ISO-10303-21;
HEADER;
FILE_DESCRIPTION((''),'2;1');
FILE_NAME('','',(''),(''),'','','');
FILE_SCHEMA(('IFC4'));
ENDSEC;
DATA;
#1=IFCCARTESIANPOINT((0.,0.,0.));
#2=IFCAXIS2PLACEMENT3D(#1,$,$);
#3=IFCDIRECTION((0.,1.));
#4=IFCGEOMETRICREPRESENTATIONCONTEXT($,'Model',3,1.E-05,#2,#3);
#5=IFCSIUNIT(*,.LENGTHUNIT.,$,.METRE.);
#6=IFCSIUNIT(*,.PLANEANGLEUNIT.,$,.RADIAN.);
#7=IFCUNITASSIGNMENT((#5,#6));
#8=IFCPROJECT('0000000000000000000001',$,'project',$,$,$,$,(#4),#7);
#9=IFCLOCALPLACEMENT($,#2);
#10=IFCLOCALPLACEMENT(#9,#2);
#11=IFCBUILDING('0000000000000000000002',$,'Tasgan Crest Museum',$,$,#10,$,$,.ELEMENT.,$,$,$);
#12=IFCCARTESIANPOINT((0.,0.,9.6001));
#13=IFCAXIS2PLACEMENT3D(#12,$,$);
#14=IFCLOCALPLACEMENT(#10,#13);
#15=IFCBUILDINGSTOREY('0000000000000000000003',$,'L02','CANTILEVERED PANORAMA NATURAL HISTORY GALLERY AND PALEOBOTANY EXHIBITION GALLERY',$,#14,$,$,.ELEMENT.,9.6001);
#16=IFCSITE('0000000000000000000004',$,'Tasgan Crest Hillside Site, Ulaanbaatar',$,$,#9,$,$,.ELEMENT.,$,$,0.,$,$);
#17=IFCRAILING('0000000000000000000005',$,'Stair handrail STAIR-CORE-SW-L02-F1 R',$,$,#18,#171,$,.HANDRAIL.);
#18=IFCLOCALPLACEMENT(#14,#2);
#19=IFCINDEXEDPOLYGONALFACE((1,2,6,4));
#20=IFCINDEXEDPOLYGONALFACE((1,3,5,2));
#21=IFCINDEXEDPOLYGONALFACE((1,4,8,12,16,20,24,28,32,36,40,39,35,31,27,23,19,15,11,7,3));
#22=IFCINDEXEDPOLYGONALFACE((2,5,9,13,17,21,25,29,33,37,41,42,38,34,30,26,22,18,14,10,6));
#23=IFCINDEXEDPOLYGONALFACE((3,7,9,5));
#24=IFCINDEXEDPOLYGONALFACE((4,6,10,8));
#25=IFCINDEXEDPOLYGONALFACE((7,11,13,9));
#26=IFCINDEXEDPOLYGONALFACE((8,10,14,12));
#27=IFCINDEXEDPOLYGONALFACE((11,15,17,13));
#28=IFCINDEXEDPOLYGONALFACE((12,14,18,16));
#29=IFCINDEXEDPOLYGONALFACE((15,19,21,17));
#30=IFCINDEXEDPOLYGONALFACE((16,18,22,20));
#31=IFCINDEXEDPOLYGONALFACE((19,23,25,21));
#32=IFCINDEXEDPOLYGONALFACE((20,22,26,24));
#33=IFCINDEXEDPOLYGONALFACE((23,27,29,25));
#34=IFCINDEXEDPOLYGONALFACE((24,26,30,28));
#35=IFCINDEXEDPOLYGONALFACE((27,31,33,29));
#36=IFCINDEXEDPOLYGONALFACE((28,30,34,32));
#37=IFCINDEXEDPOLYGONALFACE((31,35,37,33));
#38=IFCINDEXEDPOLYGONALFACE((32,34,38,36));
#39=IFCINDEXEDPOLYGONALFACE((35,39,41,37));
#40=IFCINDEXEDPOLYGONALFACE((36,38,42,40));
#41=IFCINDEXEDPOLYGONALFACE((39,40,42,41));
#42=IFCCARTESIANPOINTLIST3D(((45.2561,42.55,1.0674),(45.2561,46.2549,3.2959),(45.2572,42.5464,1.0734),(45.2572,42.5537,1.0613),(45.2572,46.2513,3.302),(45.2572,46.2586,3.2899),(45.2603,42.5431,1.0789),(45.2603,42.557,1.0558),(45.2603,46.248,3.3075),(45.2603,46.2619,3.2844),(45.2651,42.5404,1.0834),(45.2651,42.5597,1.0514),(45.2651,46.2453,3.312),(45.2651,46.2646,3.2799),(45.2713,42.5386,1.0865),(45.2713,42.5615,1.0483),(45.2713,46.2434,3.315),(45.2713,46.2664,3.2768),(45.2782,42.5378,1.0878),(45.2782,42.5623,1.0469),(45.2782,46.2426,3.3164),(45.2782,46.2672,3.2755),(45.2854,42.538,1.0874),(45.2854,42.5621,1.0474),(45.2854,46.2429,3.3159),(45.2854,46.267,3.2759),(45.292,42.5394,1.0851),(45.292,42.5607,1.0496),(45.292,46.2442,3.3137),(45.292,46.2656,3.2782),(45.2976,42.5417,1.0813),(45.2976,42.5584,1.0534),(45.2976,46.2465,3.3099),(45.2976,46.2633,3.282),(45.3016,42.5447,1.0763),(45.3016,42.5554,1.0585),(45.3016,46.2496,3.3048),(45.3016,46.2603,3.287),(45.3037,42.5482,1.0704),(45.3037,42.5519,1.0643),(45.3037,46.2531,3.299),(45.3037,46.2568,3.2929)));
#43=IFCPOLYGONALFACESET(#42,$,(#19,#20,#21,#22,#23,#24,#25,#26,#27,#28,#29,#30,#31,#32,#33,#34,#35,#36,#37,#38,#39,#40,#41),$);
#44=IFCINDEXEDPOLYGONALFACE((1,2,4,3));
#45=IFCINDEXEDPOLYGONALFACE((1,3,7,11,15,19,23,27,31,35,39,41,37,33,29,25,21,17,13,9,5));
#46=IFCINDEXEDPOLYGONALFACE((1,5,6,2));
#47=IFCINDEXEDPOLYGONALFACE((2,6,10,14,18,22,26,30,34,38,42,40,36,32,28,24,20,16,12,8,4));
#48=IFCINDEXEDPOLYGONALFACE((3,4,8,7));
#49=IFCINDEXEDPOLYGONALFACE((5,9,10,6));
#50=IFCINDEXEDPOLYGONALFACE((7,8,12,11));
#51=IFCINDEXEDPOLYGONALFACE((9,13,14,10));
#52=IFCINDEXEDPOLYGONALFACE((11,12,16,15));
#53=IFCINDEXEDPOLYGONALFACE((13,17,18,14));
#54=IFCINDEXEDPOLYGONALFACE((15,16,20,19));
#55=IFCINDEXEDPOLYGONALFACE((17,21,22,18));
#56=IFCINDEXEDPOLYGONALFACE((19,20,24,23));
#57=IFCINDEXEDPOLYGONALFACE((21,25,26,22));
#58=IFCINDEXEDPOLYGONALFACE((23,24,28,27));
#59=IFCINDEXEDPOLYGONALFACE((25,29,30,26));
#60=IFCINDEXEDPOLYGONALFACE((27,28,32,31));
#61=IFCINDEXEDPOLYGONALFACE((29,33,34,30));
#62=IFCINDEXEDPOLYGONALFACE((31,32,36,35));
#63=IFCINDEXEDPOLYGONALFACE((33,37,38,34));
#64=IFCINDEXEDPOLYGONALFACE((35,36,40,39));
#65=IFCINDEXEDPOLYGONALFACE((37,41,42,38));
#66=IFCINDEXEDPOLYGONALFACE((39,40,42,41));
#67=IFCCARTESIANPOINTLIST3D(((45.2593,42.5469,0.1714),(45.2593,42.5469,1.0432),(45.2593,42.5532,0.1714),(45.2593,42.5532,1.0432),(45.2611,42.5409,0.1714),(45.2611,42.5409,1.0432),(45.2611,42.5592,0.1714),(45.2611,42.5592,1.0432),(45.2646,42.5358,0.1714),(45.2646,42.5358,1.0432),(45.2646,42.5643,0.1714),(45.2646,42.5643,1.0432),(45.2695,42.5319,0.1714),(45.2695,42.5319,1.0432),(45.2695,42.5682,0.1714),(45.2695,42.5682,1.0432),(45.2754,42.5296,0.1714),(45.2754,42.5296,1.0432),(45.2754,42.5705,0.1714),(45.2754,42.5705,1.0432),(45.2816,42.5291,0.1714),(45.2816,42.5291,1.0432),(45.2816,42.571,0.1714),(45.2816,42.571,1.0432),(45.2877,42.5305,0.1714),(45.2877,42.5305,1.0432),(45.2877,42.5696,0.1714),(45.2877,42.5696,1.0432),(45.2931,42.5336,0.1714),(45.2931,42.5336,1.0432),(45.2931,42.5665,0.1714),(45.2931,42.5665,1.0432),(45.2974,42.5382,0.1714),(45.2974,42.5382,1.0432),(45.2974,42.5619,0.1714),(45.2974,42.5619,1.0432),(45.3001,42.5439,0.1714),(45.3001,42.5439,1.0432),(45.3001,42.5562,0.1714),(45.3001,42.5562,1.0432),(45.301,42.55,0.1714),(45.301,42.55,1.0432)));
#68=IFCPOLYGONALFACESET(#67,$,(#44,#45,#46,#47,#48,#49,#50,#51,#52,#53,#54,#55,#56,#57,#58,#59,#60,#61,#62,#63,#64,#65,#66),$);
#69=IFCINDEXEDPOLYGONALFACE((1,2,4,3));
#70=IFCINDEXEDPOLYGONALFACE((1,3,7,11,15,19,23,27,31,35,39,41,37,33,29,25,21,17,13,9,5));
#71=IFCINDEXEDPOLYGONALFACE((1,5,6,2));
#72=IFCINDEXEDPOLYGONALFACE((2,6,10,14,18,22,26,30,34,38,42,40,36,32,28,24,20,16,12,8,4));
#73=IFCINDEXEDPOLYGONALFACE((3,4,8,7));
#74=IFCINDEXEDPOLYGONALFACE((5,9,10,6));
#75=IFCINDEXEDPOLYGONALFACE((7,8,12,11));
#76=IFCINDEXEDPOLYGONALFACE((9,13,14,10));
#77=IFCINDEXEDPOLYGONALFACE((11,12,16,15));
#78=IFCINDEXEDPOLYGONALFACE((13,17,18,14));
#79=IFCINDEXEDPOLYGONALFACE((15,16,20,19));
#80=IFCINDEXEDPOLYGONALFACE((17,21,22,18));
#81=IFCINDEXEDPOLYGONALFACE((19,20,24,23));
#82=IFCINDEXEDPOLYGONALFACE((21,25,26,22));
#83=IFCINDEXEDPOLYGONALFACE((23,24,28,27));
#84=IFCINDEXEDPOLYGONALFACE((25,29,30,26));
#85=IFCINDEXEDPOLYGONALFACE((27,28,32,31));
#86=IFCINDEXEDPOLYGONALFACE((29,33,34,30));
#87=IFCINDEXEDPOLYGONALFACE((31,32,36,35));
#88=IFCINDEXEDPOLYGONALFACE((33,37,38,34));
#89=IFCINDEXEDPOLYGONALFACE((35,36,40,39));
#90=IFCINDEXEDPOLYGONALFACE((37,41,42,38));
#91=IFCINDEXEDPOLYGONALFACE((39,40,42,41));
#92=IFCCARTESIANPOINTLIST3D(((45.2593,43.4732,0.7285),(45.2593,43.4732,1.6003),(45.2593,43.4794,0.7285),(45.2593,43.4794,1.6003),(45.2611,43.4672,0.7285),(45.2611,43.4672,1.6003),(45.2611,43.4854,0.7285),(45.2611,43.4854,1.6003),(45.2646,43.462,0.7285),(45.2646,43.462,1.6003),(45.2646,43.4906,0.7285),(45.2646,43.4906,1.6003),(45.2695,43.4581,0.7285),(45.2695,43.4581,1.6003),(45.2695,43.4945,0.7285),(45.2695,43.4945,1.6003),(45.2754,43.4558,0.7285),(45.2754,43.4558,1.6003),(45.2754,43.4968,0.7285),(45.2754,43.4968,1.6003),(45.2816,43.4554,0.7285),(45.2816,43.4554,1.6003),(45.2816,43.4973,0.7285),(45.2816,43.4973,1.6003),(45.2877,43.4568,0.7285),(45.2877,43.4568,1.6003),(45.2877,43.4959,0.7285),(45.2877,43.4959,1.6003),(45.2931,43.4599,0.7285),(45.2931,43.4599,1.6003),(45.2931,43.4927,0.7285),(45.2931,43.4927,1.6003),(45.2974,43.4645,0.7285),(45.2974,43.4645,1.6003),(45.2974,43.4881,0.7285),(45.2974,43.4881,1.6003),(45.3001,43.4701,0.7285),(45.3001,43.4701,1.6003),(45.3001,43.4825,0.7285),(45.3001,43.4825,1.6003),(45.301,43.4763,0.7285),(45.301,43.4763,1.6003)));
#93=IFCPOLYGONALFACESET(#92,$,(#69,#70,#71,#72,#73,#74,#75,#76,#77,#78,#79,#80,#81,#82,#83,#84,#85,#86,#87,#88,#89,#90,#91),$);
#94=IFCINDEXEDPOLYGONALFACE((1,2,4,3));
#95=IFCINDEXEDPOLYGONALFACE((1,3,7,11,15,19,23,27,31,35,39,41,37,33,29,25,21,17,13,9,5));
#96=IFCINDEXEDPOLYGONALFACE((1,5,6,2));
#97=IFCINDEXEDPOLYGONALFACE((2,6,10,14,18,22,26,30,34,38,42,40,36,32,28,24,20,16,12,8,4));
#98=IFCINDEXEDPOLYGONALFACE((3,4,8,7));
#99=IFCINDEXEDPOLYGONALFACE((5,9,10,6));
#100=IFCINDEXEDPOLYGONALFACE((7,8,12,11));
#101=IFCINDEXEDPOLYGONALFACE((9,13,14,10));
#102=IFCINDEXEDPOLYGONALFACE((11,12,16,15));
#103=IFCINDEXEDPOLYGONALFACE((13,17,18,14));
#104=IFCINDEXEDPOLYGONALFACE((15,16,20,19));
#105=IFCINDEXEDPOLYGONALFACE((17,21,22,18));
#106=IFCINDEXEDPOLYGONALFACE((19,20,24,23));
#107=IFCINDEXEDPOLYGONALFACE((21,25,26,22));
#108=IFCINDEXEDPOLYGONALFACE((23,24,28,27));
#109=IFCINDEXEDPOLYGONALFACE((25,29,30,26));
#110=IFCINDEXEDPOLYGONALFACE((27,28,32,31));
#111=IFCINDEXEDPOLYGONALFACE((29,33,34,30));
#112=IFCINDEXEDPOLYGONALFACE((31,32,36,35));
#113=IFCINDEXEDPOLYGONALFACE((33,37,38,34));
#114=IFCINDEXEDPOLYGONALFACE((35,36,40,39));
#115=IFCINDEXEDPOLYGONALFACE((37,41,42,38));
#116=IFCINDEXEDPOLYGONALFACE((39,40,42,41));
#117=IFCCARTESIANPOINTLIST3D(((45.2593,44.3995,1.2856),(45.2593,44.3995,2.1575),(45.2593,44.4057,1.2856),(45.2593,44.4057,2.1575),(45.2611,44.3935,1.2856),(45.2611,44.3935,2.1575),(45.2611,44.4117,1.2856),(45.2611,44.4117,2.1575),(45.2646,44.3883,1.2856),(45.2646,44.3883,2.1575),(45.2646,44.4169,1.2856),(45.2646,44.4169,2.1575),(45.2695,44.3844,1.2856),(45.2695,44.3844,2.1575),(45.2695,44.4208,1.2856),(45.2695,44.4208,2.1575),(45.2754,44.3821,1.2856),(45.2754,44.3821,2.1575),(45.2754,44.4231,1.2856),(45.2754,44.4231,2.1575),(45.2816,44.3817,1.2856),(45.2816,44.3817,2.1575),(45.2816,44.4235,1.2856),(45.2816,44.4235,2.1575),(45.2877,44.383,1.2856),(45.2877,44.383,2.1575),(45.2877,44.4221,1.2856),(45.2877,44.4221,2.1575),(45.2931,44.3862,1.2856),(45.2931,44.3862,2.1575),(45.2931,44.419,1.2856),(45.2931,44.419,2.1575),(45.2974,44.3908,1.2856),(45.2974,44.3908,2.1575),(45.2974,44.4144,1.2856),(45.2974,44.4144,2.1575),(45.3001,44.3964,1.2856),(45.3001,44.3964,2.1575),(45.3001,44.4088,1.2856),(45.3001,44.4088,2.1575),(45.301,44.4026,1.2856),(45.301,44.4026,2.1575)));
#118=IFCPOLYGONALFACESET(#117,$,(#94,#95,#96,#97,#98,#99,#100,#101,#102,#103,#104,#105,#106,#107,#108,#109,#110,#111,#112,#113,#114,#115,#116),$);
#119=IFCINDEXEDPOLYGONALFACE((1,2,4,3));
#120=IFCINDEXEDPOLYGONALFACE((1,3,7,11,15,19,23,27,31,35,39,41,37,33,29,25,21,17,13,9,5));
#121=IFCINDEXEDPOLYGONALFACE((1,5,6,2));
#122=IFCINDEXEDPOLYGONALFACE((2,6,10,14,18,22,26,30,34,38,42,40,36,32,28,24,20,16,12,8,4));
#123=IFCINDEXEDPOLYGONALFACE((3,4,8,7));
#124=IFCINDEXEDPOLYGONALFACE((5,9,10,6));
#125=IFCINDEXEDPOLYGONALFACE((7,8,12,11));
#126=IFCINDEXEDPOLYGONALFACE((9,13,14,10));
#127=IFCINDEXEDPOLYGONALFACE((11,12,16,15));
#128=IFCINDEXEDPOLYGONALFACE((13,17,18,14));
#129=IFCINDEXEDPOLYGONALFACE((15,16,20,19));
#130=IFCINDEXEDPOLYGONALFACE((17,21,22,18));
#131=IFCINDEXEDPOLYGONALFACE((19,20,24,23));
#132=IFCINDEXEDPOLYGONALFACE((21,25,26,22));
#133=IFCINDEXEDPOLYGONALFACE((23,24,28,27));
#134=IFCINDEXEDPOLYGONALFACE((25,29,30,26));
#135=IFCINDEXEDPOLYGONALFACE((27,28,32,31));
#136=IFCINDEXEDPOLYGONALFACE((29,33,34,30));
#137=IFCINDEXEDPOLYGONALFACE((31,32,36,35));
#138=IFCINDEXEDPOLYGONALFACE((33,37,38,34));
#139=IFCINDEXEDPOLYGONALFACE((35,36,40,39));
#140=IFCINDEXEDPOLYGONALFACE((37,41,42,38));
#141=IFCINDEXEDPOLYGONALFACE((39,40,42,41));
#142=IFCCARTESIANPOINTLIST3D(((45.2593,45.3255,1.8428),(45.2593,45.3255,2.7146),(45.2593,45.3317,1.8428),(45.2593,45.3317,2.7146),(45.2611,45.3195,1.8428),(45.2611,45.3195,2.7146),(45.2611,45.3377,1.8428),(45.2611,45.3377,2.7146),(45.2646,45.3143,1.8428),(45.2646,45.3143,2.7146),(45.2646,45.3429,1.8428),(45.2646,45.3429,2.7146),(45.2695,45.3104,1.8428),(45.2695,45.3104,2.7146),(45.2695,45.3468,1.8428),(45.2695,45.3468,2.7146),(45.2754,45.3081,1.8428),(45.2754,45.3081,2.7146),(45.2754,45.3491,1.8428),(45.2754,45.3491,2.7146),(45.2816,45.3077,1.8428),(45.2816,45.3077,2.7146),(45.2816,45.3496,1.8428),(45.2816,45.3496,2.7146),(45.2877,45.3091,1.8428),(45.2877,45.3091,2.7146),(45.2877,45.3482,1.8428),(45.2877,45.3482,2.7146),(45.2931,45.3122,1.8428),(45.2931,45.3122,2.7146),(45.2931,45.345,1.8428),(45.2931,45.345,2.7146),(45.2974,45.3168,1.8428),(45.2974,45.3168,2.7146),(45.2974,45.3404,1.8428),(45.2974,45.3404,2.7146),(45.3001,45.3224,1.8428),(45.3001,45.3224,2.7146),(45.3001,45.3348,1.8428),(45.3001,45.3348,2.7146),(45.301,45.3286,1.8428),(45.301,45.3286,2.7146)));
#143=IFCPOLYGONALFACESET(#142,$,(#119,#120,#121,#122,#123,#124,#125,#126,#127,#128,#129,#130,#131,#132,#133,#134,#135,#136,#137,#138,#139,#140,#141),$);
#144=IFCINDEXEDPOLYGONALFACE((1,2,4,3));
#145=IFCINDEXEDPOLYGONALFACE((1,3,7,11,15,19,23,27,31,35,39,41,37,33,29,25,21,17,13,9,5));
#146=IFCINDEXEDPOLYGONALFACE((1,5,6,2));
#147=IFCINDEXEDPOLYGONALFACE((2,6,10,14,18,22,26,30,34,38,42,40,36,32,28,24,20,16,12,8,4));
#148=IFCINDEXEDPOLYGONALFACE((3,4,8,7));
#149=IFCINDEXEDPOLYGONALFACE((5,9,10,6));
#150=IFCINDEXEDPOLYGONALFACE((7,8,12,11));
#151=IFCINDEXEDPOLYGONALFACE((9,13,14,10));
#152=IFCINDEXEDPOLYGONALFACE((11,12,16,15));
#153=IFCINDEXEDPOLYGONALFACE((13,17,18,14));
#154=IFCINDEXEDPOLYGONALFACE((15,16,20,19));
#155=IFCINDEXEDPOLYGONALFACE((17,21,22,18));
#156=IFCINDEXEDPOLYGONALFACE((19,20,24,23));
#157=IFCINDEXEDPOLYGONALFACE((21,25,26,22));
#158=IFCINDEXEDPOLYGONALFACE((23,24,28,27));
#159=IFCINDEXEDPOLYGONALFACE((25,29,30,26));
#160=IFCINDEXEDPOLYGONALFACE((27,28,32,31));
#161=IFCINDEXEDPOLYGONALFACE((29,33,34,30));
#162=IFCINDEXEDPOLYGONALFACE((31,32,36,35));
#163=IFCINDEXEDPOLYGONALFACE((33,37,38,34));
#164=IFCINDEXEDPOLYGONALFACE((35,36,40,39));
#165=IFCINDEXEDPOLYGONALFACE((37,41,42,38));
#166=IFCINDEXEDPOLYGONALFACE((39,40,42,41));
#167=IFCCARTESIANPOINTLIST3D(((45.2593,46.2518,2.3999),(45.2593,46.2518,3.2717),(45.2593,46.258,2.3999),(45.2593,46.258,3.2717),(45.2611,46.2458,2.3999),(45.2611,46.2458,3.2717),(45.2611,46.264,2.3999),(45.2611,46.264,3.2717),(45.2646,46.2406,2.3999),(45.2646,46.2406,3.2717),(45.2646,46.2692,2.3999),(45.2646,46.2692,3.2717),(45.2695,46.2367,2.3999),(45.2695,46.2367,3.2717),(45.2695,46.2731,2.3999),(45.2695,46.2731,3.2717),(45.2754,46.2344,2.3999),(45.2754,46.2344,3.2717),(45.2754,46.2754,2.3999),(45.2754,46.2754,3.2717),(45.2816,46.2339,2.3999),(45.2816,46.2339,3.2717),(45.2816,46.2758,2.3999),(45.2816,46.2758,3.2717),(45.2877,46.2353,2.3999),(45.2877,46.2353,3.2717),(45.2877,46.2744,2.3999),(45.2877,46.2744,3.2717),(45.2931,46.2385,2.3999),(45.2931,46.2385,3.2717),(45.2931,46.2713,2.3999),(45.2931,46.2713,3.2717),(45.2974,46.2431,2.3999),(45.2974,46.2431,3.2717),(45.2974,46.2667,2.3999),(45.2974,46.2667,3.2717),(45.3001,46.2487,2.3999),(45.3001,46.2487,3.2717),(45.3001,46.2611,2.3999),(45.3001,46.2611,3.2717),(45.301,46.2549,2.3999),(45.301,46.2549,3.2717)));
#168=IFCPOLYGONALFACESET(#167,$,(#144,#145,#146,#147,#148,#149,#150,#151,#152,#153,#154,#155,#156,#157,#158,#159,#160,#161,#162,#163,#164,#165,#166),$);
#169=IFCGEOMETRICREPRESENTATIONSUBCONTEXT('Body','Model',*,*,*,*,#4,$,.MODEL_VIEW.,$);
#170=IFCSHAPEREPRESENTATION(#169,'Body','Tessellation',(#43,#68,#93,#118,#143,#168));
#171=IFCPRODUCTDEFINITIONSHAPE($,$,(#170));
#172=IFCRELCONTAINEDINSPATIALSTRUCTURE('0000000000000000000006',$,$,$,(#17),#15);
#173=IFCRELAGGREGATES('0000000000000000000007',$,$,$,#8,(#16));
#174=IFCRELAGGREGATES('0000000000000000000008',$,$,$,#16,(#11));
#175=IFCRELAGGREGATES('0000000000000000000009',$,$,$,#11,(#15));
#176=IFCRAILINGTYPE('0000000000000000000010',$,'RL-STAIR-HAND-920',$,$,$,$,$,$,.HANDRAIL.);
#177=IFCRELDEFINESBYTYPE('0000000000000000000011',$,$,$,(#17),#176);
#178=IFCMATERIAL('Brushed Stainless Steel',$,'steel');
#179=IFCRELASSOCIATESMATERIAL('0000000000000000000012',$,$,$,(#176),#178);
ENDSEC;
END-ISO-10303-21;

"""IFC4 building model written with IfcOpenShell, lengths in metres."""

from ifc_helpers import new_model, si_unit, direction, frame, origin, origin_2d, place, context, subcontext, project, spatial, circle, extrude, material, type_object, element, save


model = new_model("IFC4")

# Units and contexts
model_context = context("Model", 3, precision=1e-05, world=origin(), true_north=direction((0.0, 1.0)))
body_context = subcontext(model_context, "Body", "Model", "MODEL_VIEW")
ifc_project = project(units=[si_unit("LENGTHUNIT", "METRE"), si_unit("PLANEANGLEUNIT", "RADIAN")], contexts=[model_context])

# Site, building, storey
site_placement = place(None, origin())
site = spatial("IfcSite", under=ifc_project, at=site_placement, Name="Tasgan Crest Hillside Site, Ulaanbaatar", CompositionType="ELEMENT", RefElevation=0.0)
building_placement = place(site_placement, origin())
building = spatial("IfcBuilding", under=site, at=building_placement, Name="Tasgan Crest Museum", CompositionType="ELEMENT")
storey_placement = place(building_placement, frame((0.0, 0.0, 9.6001)))
storey = spatial("IfcBuildingStorey", under=building, at=storey_placement, Name="L02", Description="CANTILEVERED PANORAMA NATURAL HISTORY GALLERY AND PALEOBOTANY EXHIBITION GALLERY", CompositionType="ELEMENT", Elevation=9.6001)

# Railing
ifc_material_1 = material(Name="Brushed Stainless Steel", Category="steel")
railing_type_1 = type_object("IfcRailingType", Name="RL-STAIR-HAND-920", PredefinedType="HANDRAIL", material=ifc_material_1)
railing_1_placement = place(storey_placement, frame((45.28, 42.55, 0.1714)))
element("IfcRailing", 1, at=railing_1_placement, inside=storey, type_object=railing_type_1, Name="Stair handrail STAIR-CORE-SW-L02-F1 R", PredefinedType="HANDRAIL", context=body_context, shape_type="SweptSolid", body=[
    extrude(circle(Radius=0.0239, at=origin_2d()), frame((0.0, 0.0, 0.896), z_axis=(0.0, 0.856919, 0.51545), x_axis=(-1.0, 0.0, 0.0)), (0.0, 0.0, 1.0), 4.3235),
    extrude(circle(Radius=0.021, at=origin_2d()), origin(), (0.0, 0.0, 1.0), 0.8718),
    extrude(circle(Radius=0.021, at=origin_2d()), frame((0.0, 0.9263, 0.5571)), (0.0, 0.0, 1.0), 0.8718),
    extrude(circle(Radius=0.021, at=origin_2d()), frame((0.0, 1.8525, 1.1143)), (0.0, 0.0, 1.0), 0.8718),
    extrude(circle(Radius=0.021, at=origin_2d()), frame((0.0, 2.7786, 1.6714)), (0.0, 0.0, 1.0), 0.8718),
    extrude(circle(Radius=0.021, at=origin_2d()), frame((0.0, 3.7048, 2.2285)), (0.0, 0.0, 1.0), 0.8718),
])

save(model, "model.ifc")
